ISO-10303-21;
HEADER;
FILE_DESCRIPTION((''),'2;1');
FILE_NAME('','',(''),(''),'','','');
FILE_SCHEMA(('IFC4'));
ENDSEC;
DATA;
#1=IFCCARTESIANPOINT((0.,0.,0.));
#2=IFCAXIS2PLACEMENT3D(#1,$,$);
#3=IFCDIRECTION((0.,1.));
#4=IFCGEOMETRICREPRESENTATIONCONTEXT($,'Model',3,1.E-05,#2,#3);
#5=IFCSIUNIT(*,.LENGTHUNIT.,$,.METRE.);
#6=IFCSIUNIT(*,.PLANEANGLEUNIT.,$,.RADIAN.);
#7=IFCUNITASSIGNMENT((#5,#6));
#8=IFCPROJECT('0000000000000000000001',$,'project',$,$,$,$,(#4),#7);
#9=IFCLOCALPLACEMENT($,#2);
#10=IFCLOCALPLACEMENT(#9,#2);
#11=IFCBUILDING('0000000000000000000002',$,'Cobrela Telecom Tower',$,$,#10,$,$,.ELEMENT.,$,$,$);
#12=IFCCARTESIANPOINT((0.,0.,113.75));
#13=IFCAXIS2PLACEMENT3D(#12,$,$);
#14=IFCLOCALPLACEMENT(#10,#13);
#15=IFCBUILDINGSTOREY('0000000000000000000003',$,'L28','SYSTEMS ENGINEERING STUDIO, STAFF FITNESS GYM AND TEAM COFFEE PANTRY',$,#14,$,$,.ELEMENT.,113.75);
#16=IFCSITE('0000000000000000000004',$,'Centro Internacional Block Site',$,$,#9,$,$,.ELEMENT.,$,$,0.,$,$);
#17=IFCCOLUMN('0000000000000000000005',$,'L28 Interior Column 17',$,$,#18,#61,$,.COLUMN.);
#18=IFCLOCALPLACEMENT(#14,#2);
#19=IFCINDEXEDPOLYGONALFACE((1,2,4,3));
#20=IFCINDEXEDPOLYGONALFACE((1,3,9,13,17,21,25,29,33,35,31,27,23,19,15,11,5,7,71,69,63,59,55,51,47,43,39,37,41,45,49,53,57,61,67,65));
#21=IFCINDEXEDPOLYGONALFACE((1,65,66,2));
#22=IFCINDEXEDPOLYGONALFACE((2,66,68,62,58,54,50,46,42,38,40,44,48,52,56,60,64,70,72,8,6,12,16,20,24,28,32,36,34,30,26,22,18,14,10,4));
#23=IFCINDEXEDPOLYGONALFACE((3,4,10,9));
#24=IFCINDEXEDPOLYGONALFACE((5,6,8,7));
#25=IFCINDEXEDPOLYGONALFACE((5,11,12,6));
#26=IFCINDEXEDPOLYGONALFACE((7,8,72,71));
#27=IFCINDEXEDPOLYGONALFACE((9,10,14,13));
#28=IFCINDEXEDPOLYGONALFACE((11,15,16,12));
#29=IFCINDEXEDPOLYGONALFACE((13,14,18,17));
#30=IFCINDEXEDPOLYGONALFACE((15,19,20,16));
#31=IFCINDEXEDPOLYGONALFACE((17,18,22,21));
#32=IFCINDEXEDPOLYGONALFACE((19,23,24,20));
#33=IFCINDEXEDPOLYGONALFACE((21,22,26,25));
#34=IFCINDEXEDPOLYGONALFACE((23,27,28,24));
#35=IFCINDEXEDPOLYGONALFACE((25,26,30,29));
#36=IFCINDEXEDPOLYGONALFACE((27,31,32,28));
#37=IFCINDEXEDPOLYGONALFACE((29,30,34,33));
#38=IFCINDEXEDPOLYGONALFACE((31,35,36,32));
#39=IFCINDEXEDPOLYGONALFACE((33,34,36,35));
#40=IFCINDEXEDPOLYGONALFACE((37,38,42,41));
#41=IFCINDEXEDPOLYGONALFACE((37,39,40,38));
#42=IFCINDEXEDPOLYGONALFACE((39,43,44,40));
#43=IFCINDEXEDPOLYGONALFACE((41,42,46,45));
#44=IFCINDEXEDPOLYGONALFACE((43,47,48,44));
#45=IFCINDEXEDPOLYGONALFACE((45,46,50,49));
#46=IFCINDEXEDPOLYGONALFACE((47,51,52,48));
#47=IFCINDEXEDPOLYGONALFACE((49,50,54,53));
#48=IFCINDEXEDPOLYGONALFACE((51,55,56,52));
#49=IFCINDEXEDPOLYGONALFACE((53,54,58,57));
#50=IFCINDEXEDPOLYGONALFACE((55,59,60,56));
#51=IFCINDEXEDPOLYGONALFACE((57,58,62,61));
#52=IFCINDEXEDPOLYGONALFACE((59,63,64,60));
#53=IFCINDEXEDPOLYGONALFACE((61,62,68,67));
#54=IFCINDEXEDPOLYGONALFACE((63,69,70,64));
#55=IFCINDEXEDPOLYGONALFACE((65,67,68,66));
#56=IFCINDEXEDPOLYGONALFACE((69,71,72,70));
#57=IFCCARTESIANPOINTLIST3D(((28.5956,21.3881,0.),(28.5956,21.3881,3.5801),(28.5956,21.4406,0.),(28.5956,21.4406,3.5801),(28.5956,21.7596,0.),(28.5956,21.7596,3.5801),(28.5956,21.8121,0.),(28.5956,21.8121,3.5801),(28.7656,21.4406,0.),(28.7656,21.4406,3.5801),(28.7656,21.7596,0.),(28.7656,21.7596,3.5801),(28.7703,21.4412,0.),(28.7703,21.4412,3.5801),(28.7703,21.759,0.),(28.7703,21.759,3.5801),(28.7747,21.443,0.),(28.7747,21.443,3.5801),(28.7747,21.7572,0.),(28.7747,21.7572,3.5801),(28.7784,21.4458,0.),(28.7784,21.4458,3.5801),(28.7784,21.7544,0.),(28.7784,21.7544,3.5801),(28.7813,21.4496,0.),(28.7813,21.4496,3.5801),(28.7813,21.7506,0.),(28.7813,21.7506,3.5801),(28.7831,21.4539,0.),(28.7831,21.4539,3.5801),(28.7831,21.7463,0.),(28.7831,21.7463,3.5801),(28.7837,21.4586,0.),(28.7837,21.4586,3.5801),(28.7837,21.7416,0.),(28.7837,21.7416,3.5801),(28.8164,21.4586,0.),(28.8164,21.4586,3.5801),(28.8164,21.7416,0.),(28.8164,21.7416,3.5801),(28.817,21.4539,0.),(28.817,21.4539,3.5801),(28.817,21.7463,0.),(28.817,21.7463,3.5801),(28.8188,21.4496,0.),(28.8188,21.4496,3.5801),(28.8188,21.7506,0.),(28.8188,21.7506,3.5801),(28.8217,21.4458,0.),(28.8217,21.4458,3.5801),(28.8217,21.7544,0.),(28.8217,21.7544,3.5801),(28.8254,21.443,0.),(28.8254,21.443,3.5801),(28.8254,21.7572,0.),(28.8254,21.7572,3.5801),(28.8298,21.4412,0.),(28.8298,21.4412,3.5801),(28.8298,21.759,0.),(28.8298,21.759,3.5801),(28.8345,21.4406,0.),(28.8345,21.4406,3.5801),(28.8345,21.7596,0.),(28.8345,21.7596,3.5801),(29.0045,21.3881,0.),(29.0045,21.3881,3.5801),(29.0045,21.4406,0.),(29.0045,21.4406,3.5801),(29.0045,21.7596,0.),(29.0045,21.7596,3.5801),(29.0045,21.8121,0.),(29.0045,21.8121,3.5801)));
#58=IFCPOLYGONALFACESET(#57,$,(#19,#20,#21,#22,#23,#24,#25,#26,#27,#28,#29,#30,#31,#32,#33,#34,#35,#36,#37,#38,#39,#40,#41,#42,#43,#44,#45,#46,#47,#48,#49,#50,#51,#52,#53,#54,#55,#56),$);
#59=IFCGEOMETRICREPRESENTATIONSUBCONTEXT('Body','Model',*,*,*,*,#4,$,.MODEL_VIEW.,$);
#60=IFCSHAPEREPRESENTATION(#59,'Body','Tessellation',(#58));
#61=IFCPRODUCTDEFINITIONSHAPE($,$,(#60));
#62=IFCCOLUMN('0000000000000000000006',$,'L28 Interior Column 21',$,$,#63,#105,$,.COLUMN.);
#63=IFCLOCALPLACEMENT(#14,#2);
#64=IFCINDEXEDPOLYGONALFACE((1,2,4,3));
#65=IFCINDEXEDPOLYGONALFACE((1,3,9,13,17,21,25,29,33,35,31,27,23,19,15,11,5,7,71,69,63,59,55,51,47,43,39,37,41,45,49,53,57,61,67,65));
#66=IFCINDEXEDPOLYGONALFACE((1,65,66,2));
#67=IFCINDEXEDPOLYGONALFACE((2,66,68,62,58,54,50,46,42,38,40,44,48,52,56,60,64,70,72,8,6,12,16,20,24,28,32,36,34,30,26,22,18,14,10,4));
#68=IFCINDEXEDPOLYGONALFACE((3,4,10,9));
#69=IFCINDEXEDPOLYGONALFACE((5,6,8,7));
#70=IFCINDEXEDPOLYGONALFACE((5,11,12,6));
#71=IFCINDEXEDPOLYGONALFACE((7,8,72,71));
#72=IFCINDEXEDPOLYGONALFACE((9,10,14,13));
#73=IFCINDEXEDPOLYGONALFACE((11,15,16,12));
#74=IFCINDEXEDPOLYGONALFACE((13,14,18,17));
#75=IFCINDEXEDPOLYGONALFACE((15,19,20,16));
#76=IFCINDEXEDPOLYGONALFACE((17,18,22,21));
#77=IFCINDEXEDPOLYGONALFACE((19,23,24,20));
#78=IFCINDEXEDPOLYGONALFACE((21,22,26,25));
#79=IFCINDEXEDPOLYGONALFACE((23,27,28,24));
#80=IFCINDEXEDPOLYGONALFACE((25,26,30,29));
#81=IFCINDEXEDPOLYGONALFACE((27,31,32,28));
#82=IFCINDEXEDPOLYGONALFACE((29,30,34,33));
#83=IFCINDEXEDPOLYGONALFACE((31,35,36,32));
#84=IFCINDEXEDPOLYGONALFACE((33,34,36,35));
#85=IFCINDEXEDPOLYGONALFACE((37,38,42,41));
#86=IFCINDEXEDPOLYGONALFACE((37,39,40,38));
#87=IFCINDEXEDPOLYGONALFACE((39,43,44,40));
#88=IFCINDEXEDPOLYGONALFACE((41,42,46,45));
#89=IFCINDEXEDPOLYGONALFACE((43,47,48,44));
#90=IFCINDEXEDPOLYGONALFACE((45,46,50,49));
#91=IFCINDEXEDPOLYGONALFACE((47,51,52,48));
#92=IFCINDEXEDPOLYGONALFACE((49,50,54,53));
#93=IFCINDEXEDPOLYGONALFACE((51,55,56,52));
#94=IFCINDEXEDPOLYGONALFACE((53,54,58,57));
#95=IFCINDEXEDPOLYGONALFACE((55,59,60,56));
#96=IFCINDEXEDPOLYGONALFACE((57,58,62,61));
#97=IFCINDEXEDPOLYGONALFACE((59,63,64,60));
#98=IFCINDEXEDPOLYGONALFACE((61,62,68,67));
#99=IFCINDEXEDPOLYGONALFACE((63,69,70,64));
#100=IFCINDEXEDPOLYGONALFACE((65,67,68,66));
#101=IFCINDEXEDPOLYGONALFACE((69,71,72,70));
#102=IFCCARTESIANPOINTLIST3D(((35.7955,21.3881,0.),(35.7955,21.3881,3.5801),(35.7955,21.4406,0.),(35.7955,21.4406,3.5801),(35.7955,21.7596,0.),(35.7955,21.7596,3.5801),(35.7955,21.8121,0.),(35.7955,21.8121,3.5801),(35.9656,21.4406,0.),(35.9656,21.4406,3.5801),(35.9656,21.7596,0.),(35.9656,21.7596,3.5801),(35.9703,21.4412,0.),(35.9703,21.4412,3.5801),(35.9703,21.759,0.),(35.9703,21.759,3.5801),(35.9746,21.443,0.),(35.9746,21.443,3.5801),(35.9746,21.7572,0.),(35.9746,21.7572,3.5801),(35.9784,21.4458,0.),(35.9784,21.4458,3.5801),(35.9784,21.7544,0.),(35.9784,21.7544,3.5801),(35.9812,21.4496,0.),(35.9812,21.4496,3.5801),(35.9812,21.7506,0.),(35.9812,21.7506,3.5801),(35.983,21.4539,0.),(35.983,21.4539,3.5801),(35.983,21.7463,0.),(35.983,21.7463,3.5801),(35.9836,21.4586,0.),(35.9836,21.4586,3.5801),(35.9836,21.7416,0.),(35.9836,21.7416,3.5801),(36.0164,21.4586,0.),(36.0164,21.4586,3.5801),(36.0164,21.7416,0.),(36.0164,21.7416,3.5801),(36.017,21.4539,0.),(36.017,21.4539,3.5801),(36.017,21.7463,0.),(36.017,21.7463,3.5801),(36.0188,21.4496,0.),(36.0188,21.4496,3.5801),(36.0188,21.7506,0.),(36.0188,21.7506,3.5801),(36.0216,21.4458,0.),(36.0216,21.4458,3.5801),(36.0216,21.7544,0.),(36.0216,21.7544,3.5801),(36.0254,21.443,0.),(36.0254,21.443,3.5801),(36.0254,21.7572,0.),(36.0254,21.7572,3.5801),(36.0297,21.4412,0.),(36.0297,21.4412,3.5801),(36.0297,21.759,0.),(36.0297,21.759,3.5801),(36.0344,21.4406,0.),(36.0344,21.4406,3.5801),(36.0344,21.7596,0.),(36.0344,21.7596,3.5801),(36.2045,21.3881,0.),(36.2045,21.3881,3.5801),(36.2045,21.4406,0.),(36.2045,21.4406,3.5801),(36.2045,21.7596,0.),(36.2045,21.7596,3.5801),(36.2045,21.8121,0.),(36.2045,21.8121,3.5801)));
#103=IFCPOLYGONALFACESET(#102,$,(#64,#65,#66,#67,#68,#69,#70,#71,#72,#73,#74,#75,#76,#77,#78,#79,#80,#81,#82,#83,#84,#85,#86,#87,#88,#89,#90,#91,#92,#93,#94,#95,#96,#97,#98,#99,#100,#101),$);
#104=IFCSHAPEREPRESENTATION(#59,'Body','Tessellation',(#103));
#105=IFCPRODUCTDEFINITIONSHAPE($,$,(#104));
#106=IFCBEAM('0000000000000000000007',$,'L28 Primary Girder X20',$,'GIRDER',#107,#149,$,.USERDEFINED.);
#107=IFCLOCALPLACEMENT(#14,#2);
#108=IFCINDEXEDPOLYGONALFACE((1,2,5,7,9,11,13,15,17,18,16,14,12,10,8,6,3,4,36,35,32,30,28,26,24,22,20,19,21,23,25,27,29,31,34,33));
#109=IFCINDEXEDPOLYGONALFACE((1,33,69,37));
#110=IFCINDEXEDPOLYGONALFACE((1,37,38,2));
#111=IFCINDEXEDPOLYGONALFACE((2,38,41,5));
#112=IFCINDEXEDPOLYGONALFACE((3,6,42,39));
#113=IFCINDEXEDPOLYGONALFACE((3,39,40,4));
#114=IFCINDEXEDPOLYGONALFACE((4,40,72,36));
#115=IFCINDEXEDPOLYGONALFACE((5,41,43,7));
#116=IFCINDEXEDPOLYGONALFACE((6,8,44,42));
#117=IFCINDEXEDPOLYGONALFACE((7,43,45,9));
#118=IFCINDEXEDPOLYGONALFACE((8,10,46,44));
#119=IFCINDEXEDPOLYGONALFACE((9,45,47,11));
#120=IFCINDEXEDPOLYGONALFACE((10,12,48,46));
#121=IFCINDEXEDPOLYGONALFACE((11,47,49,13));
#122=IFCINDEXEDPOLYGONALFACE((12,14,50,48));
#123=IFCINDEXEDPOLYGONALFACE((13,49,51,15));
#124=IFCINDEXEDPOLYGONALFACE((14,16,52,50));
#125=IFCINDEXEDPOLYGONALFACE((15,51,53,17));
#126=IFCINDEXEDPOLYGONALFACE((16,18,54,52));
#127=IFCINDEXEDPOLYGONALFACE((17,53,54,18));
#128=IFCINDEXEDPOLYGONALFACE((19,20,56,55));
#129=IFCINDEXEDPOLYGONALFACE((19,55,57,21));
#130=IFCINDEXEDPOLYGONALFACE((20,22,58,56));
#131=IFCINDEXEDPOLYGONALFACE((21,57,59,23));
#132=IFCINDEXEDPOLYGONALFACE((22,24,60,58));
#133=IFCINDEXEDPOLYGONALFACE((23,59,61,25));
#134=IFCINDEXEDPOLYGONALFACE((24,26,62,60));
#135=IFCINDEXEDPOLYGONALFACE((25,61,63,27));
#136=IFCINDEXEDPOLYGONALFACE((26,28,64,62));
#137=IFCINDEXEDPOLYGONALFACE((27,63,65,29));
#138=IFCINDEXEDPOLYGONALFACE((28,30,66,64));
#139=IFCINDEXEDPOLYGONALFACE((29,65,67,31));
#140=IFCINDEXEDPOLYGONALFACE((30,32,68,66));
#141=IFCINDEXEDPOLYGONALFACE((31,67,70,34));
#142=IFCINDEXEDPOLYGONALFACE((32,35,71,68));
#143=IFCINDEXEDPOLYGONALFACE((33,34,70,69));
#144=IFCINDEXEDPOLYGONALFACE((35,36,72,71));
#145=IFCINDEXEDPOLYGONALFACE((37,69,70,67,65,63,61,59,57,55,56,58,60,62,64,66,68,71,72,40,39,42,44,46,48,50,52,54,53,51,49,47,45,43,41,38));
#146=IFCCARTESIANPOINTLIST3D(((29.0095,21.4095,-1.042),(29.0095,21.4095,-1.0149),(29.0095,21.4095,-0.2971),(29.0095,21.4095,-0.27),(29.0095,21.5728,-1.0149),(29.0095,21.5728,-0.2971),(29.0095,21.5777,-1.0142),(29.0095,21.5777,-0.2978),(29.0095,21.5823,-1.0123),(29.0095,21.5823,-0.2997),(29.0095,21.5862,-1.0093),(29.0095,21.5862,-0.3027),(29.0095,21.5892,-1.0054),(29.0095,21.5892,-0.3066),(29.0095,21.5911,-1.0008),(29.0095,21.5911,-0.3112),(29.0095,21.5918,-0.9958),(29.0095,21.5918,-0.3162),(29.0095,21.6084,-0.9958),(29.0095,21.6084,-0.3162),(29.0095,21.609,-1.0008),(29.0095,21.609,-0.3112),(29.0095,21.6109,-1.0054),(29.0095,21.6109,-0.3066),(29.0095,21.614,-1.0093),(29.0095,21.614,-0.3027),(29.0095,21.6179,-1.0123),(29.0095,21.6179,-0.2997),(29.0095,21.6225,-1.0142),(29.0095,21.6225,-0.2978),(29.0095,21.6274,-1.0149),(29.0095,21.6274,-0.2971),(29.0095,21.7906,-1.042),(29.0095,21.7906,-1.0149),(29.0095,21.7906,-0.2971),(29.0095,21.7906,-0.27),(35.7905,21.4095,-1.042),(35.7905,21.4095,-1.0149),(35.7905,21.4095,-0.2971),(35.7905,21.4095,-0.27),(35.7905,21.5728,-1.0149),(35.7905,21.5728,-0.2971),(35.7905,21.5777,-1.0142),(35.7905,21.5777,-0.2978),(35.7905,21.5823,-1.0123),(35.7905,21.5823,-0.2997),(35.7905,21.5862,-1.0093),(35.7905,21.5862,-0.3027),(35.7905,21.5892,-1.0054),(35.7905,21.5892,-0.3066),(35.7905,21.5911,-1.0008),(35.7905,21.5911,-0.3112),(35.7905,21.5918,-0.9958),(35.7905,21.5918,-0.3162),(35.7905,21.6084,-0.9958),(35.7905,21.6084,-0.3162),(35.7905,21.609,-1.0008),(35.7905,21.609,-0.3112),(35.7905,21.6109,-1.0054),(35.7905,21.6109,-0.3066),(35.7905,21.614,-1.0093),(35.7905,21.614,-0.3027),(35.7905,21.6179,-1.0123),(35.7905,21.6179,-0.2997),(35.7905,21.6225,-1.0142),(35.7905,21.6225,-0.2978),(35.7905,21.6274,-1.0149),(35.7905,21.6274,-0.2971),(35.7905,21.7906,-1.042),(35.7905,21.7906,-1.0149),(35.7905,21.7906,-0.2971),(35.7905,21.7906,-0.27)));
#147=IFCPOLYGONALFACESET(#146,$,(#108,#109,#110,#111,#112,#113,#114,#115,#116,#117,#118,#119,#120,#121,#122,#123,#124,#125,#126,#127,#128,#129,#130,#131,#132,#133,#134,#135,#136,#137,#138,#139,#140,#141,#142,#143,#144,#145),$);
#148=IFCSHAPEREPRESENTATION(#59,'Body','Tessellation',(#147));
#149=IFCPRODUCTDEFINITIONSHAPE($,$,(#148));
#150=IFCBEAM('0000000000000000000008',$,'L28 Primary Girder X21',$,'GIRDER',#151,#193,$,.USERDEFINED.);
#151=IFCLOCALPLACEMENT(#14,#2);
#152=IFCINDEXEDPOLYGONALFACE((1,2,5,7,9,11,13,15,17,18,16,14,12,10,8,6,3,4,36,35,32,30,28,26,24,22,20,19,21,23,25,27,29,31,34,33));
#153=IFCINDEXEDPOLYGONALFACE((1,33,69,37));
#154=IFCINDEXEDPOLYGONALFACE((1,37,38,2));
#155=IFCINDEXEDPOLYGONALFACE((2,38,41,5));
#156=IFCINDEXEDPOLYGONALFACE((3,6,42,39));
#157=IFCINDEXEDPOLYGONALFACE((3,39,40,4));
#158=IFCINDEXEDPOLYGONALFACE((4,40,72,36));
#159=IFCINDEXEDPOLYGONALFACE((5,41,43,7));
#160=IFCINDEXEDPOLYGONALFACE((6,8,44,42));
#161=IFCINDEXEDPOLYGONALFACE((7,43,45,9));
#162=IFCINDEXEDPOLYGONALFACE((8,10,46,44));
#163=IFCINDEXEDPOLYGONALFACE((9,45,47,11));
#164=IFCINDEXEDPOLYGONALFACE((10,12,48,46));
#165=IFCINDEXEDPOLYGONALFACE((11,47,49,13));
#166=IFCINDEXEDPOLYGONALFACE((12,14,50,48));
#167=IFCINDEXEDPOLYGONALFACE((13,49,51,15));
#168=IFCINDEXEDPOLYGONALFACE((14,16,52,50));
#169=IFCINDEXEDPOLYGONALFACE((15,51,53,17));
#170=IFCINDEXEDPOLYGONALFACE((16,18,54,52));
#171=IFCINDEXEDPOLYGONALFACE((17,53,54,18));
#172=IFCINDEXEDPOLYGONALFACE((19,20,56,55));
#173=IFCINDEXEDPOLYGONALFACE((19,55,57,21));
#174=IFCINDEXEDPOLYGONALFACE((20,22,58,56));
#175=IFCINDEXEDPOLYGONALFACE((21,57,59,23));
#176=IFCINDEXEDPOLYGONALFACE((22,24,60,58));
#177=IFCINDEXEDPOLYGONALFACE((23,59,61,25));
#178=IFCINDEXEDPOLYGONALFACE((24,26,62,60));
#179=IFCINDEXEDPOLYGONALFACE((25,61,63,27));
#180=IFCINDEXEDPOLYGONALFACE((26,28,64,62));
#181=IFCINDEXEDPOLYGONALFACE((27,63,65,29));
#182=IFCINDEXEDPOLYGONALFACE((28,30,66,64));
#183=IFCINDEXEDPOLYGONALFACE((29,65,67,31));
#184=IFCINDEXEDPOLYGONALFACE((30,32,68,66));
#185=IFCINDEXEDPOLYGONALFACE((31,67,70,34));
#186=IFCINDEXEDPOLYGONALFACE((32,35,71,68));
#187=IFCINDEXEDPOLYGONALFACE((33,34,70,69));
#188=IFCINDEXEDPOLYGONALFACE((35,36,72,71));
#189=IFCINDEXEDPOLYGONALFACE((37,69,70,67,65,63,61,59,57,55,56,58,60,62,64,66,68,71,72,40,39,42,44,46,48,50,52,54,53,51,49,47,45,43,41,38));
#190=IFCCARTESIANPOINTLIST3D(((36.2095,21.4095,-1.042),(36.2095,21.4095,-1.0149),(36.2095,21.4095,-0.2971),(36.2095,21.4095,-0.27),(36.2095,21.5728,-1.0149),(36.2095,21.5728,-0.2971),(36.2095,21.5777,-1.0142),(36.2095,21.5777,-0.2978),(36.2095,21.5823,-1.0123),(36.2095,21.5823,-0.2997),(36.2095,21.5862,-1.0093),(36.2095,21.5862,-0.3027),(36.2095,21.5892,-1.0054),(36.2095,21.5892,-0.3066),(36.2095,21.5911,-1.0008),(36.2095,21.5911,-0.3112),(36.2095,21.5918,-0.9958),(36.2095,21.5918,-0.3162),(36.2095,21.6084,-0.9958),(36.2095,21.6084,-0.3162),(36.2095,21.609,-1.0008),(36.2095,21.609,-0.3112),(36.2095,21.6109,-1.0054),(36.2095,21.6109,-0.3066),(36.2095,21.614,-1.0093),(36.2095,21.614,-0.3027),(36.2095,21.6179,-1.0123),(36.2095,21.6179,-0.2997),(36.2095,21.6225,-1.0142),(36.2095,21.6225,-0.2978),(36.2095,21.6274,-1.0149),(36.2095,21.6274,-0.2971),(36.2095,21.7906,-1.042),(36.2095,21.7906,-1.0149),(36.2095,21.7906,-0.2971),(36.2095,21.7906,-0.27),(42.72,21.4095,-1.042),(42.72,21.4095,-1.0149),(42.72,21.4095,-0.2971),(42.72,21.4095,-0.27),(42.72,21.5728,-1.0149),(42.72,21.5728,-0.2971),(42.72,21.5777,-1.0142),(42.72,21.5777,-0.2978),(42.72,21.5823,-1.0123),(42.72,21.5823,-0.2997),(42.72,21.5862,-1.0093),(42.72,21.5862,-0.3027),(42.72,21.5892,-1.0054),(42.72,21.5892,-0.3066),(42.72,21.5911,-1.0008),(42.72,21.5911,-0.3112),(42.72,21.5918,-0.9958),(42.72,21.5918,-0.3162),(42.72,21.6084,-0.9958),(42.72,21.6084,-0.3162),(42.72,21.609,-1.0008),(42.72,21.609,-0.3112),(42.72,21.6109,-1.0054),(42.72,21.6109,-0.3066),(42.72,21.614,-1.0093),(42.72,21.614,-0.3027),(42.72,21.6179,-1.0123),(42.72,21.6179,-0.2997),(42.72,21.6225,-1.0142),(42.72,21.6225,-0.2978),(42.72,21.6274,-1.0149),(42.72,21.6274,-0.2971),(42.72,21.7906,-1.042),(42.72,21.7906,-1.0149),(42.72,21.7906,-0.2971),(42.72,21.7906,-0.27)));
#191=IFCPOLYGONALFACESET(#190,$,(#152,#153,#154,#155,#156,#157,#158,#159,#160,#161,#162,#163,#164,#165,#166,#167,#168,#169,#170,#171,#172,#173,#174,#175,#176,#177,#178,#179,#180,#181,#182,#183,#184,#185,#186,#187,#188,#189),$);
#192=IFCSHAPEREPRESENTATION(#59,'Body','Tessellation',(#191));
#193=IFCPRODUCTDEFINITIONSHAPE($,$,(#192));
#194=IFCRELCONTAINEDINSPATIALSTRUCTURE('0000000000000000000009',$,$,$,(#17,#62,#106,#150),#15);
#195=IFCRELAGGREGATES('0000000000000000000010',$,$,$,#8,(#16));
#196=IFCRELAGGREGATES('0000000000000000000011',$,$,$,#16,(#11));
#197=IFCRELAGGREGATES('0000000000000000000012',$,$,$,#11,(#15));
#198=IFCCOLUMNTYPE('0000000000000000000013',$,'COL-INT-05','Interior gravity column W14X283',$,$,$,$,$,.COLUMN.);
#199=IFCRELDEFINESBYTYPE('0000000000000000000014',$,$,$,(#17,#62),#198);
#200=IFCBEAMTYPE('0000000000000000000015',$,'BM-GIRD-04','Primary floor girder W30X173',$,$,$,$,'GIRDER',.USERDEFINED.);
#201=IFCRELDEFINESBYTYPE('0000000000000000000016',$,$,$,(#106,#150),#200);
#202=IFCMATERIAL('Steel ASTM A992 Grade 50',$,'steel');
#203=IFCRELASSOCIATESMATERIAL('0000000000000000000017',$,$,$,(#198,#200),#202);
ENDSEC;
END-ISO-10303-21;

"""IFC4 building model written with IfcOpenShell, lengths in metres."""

from ifc_helpers import new_model, si_unit, direction, frame, origin, origin_2d, place, context, subcontext, project, spatial, i_section, extrude, material, material_profile, profile_set, type_object, element, save


model = new_model("IFC4")

# Units and contexts
model_context = context("Model", 3, precision=1e-05, world=origin(), true_north=direction((0.0, 1.0)))
body_context = subcontext(model_context, "Body", "Model", "MODEL_VIEW")
ifc_project = project(units=[si_unit("LENGTHUNIT", "METRE"), si_unit("PLANEANGLEUNIT", "RADIAN")], contexts=[model_context])

# Site, building, storey
site_placement = place(None, origin())
site = spatial("IfcSite", under=ifc_project, at=site_placement, Name="Centro Internacional Block Site", CompositionType="ELEMENT", RefElevation=0.0)
building_placement = place(site_placement, origin())
building = spatial("IfcBuilding", under=site, at=building_placement, Name="Cobrela Telecom Tower", CompositionType="ELEMENT")
storey_placement = place(building_placement, frame((0.0, 0.0, 113.75)))
storey = spatial("IfcBuildingStorey", under=building, at=storey_placement, Name="L28", Description="SYSTEMS ENGINEERING STUDIO, STAFF FITNESS GYM AND TEAM COFFEE PANTRY", CompositionType="ELEMENT", Elevation=113.75)

# Columns
ifc_material_1 = material(Name="Steel ASTM A992 Grade 50", Category="steel")
ifc_material_profile_1 = material_profile(ifc_material_1, i_section(OverallWidth=0.4089, OverallDepth=0.4241, WebThickness=0.0327, FlangeThickness=0.0525, FilletRadius=0.0181, at=origin_2d()), Name="W14X283")
ifc_profile_set_1 = profile_set([ifc_material_profile_1], Name="Steel ASTM A992 Grade 50")
column_type = type_object("IfcColumnType", Name="COL-INT-05", Description="Interior gravity column W14X283", PredefinedType="COLUMN", material=ifc_profile_set_1)
for number, where, z_axis, x_axis, name in (
    (1, (28.8, 21.6001, 0.0), (0.0, 0.0, 1.0), (1.0, 0.0, 0.0), "L28 Interior Column 17"),
    (2, (36.0, 21.6001, 0.0), (0.0, 0.0, 1.0), (1.0, 0.0, 0.0), "L28 Interior Column 21"),
):
    element("IfcColumn", number, at=place(storey_placement, frame(where, z_axis=z_axis, x_axis=x_axis)), inside=storey, type_object=column_type, Name=name, PredefinedType="COLUMN", context=body_context, shape_type="SweptSolid", body=[
        extrude(i_section(OverallWidth=0.4089, OverallDepth=0.4241, WebThickness=0.0327, FlangeThickness=0.0525, FilletRadius=0.0181, at=origin_2d()), origin(), (0.0, 0.0, 1.0), 3.5801),
    ])

# Beams
ifc_material_profile_2 = material_profile(ifc_material_1, i_section(OverallWidth=0.3811, OverallDepth=0.772, WebThickness=0.0166, FlangeThickness=0.0271, FilletRadius=0.019, at=origin_2d()), Name="W30X173")
ifc_profile_set_2 = profile_set([ifc_material_profile_2], Name="Steel ASTM A992 Grade 50")
beam_type_1 = type_object("IfcBeamType", Name="BM-GIRD-04", Description="Primary floor girder W30X173", ElementType="GIRDER", PredefinedType="USERDEFINED", material=ifc_profile_set_2)
beam_1_placement = place(storey_placement, frame((29.0095, 21.6001, -0.656), z_axis=(1.0, 0.0, 0.0), x_axis=(0.0, 1.0, 0.0)))
element("IfcBeam", 3, at=beam_1_placement, inside=storey, type_object=beam_type_1, Name="L28 Primary Girder X20", ObjectType="GIRDER", PredefinedType="USERDEFINED", context=body_context, shape_type="SweptSolid", body=[
    extrude(i_section(OverallWidth=0.3811, OverallDepth=0.772, WebThickness=0.0166, FlangeThickness=0.0271, FilletRadius=0.019, at=origin_2d()), origin(), (0.0, 0.0, 1.0), 6.781),
])
beam_2_placement = place(storey_placement, frame((36.2095, 21.6001, -0.656), z_axis=(1.0, 0.0, 0.0), x_axis=(0.0, 1.0, 0.0)))
element("IfcBeam", 4, at=beam_2_placement, inside=storey, type_object=beam_type_1, Name="L28 Primary Girder X21", ObjectType="GIRDER", PredefinedType="USERDEFINED", context=body_context, shape_type="SweptSolid", body=[
    extrude(i_section(OverallWidth=0.3811, OverallDepth=0.772, WebThickness=0.0166, FlangeThickness=0.0271, FilletRadius=0.019, at=origin_2d()), origin(), (0.0, 0.0, 1.0), 6.5105),
])

save(model, "model.ifc")
